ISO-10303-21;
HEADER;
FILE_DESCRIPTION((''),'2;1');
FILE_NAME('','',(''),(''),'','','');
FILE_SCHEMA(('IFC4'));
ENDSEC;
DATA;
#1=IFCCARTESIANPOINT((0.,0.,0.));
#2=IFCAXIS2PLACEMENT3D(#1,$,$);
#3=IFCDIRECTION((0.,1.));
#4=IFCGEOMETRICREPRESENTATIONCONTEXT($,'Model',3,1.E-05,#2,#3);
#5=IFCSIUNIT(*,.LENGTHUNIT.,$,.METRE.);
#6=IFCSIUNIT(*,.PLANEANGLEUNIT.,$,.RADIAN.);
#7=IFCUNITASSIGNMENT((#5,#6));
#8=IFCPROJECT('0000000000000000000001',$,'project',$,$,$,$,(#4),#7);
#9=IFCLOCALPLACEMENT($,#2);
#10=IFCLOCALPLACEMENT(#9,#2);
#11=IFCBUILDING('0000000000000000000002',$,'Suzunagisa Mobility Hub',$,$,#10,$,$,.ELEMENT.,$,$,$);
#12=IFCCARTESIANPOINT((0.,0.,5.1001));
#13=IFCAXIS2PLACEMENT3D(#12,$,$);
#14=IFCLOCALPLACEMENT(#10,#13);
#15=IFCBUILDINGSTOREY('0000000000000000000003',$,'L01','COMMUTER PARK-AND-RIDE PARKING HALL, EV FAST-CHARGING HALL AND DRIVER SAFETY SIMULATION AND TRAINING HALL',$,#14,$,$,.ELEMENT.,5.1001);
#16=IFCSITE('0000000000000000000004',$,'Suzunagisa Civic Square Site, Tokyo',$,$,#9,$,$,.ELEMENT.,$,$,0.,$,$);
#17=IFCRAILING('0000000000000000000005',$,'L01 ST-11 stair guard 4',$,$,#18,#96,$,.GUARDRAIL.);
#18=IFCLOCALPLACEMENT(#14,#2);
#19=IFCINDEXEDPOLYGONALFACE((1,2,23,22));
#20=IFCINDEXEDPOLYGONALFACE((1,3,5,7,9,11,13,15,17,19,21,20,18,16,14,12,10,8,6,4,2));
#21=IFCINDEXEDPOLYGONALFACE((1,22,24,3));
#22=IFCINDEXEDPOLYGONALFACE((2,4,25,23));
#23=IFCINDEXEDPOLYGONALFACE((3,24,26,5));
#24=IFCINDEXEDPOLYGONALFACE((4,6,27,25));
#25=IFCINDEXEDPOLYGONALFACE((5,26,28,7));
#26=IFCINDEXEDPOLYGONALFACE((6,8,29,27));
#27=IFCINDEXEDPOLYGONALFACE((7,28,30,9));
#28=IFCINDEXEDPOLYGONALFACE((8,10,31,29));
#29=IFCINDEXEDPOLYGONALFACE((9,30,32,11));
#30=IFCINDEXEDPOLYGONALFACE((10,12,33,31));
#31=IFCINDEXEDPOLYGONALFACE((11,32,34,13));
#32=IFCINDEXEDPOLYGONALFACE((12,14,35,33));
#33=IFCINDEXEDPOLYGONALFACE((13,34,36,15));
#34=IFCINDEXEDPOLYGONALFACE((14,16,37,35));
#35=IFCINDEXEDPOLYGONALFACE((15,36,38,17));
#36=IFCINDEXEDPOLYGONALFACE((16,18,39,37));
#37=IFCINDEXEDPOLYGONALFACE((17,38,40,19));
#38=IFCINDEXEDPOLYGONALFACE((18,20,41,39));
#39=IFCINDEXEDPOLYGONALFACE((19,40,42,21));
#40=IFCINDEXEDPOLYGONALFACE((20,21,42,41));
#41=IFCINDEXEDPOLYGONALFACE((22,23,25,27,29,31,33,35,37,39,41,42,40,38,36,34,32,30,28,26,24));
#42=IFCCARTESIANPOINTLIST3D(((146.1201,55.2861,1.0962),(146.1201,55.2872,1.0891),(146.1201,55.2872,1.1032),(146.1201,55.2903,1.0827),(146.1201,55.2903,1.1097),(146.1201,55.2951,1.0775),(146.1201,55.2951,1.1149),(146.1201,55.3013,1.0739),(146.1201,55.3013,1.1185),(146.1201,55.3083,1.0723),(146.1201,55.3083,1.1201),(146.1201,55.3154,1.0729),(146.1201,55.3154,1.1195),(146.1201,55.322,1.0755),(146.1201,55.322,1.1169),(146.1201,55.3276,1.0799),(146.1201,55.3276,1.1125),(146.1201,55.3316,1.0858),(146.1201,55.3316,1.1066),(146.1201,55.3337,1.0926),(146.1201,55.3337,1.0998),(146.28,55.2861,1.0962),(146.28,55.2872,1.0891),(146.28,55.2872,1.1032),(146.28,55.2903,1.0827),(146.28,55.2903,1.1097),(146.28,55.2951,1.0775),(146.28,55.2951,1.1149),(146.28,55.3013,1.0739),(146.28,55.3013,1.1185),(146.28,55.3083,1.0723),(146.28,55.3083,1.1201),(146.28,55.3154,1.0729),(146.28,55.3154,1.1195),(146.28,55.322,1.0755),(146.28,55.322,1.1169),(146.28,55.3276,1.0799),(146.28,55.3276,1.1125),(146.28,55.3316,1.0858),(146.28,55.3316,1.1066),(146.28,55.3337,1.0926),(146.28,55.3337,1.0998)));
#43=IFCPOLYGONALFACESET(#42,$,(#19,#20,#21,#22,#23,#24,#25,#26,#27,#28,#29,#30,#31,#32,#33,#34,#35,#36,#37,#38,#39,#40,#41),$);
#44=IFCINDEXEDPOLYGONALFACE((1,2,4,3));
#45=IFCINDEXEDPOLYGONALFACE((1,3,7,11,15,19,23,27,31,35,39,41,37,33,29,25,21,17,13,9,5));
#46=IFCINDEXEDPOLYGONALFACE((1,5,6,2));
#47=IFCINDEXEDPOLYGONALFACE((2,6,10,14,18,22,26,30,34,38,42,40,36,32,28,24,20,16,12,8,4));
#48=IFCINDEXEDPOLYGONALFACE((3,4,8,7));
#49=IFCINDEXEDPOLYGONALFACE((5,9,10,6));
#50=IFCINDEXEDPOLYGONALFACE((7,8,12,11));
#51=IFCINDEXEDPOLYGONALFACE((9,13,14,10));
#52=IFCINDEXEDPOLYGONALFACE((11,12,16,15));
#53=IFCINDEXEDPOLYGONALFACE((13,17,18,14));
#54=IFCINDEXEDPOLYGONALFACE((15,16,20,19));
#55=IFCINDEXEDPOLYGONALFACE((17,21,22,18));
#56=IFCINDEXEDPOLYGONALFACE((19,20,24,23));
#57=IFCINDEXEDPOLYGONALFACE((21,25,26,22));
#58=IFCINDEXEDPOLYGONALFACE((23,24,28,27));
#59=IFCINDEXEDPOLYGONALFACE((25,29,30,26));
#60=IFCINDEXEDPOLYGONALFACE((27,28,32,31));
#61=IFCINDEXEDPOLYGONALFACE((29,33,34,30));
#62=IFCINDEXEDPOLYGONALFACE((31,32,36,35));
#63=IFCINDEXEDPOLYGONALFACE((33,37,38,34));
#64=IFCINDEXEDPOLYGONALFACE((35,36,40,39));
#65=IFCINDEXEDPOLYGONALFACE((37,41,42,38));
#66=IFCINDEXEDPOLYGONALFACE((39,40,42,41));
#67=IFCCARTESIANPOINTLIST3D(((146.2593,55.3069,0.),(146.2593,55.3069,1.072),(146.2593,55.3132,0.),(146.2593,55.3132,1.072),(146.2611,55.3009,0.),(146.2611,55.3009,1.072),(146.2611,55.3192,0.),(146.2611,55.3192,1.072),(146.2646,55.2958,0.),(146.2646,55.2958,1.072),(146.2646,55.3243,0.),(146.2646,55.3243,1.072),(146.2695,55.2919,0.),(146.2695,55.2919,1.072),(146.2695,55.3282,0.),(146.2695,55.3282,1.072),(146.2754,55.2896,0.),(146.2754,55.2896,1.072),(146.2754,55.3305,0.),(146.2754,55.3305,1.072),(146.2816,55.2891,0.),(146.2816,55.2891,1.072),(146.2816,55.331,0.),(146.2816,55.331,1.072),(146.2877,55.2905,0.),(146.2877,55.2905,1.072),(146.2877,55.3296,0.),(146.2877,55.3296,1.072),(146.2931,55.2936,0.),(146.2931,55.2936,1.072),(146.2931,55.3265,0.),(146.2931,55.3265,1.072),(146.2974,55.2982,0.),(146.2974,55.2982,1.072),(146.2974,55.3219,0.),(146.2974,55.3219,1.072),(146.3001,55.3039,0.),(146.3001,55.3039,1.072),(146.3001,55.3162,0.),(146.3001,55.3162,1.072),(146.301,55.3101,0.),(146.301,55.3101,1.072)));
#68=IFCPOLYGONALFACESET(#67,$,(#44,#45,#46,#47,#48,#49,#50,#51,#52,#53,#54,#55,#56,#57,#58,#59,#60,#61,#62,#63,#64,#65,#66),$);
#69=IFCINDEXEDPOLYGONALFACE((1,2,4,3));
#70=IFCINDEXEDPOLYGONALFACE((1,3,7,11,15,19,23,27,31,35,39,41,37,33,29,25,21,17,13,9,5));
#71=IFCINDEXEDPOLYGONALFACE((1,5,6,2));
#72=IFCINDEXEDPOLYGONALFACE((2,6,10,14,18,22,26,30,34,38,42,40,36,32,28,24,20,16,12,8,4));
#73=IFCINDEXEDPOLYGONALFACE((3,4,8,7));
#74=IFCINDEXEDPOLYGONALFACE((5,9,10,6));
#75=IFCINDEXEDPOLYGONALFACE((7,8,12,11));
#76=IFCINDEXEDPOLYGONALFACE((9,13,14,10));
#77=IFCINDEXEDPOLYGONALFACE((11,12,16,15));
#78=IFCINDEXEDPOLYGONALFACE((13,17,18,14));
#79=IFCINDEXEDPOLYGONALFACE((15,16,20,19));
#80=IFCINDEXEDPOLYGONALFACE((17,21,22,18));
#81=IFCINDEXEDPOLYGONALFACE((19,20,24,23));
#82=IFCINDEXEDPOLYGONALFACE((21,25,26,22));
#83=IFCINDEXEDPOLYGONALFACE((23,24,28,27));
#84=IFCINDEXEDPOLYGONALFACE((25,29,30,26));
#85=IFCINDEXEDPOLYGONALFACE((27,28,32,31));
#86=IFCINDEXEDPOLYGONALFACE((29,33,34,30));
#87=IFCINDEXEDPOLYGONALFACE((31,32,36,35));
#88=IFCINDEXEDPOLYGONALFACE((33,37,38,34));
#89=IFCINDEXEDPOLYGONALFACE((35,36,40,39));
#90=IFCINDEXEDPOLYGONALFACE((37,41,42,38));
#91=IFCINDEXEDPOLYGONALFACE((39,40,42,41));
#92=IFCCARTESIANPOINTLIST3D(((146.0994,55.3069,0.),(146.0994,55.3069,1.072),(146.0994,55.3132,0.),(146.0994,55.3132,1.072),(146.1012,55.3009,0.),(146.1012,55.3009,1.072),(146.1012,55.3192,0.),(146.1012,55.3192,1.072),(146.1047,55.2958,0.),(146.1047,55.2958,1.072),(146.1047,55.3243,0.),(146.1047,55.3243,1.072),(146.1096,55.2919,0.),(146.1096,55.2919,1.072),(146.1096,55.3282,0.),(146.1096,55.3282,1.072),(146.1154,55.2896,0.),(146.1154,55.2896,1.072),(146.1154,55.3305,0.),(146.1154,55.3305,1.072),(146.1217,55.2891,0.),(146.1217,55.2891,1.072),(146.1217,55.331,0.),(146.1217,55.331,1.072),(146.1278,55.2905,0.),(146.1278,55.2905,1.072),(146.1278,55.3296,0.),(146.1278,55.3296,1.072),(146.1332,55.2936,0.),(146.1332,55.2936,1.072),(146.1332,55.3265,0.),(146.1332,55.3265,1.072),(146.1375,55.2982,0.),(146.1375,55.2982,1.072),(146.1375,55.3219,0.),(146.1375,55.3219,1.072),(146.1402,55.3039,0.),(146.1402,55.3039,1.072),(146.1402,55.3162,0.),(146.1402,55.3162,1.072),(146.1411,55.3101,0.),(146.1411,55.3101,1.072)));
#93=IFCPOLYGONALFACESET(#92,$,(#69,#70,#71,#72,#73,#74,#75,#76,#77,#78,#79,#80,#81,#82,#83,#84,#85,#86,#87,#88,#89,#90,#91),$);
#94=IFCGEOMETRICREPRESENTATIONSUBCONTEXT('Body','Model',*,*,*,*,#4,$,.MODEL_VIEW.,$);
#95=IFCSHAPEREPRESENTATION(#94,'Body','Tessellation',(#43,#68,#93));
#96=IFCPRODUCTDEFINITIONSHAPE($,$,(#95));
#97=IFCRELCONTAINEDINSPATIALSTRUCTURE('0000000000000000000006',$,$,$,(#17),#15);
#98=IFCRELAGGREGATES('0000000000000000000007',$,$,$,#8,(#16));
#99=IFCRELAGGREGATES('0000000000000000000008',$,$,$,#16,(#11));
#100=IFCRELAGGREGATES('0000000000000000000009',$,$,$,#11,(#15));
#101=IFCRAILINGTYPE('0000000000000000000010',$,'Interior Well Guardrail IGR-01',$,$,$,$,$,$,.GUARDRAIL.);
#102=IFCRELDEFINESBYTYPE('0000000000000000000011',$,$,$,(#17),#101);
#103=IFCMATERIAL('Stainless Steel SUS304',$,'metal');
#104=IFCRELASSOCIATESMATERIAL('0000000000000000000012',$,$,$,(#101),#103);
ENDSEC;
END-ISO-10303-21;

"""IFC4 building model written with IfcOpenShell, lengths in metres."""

from ifc_helpers import new_model, si_unit, direction, frame, origin, origin_2d, place, context, subcontext, project, spatial, circle, extrude, material, type_object, element, save


model = new_model("IFC4")

# Units and contexts
model_context = context("Model", 3, precision=1e-05, world=origin(), true_north=direction((0.0, 1.0)))
body_context = subcontext(model_context, "Body", "Model", "MODEL_VIEW")
ifc_project = project(units=[si_unit("LENGTHUNIT", "METRE"), si_unit("PLANEANGLEUNIT", "RADIAN")], contexts=[model_context])

# Site, building, storey
site_placement = place(None, origin())
site = spatial("IfcSite", under=ifc_project, at=site_placement, Name="Suzunagisa Civic Square Site, Tokyo", CompositionType="ELEMENT", RefElevation=0.0)
building_placement = place(site_placement, origin())
building = spatial("IfcBuilding", under=site, at=building_placement, Name="Suzunagisa Mobility Hub", CompositionType="ELEMENT")
storey_placement = place(building_placement, frame((0.0, 0.0, 5.1001)))
storey = spatial("IfcBuildingStorey", under=building, at=storey_placement, Name="L01", Description="COMMUTER PARK-AND-RIDE PARKING HALL, EV FAST-CHARGING HALL AND DRIVER SAFETY SIMULATION AND TRAINING HALL", CompositionType="ELEMENT", Elevation=5.1001)

# Railing
ifc_material_1 = material(Name="Stainless Steel SUS304", Category="metal")
railing_type_1 = type_object("IfcRailingType", Name="Interior Well Guardrail IGR-01", PredefinedType="GUARDRAIL", material=ifc_material_1)
railing_1_placement = place(storey_placement, frame((146.28, 55.3101, 0.0)))
element("IfcRailing", 1, at=railing_1_placement, inside=storey, type_object=railing_type_1, Name="L01 ST-11 stair guard 4", PredefinedType="GUARDRAIL", context=body_context, shape_type="SweptSolid", body=[
    extrude(circle(Radius=0.0239, at=origin_2d()), frame((0.0, 0.0, 1.0962), z_axis=(-1.0, 0.0, 0.0), x_axis=(0.0, -1.0, 0.0)), (0.0, 0.0, 1.0), 0.1599),
    extrude(circle(Radius=0.021, at=origin_2d()), origin(), (0.0, 0.0, 1.0), 1.072),
    extrude(circle(Radius=0.021, at=origin_2d()), frame((-0.1599, 0.0, 0.0)), (0.0, 0.0, 1.0), 1.072),
])

save(model, "model.ifc")
